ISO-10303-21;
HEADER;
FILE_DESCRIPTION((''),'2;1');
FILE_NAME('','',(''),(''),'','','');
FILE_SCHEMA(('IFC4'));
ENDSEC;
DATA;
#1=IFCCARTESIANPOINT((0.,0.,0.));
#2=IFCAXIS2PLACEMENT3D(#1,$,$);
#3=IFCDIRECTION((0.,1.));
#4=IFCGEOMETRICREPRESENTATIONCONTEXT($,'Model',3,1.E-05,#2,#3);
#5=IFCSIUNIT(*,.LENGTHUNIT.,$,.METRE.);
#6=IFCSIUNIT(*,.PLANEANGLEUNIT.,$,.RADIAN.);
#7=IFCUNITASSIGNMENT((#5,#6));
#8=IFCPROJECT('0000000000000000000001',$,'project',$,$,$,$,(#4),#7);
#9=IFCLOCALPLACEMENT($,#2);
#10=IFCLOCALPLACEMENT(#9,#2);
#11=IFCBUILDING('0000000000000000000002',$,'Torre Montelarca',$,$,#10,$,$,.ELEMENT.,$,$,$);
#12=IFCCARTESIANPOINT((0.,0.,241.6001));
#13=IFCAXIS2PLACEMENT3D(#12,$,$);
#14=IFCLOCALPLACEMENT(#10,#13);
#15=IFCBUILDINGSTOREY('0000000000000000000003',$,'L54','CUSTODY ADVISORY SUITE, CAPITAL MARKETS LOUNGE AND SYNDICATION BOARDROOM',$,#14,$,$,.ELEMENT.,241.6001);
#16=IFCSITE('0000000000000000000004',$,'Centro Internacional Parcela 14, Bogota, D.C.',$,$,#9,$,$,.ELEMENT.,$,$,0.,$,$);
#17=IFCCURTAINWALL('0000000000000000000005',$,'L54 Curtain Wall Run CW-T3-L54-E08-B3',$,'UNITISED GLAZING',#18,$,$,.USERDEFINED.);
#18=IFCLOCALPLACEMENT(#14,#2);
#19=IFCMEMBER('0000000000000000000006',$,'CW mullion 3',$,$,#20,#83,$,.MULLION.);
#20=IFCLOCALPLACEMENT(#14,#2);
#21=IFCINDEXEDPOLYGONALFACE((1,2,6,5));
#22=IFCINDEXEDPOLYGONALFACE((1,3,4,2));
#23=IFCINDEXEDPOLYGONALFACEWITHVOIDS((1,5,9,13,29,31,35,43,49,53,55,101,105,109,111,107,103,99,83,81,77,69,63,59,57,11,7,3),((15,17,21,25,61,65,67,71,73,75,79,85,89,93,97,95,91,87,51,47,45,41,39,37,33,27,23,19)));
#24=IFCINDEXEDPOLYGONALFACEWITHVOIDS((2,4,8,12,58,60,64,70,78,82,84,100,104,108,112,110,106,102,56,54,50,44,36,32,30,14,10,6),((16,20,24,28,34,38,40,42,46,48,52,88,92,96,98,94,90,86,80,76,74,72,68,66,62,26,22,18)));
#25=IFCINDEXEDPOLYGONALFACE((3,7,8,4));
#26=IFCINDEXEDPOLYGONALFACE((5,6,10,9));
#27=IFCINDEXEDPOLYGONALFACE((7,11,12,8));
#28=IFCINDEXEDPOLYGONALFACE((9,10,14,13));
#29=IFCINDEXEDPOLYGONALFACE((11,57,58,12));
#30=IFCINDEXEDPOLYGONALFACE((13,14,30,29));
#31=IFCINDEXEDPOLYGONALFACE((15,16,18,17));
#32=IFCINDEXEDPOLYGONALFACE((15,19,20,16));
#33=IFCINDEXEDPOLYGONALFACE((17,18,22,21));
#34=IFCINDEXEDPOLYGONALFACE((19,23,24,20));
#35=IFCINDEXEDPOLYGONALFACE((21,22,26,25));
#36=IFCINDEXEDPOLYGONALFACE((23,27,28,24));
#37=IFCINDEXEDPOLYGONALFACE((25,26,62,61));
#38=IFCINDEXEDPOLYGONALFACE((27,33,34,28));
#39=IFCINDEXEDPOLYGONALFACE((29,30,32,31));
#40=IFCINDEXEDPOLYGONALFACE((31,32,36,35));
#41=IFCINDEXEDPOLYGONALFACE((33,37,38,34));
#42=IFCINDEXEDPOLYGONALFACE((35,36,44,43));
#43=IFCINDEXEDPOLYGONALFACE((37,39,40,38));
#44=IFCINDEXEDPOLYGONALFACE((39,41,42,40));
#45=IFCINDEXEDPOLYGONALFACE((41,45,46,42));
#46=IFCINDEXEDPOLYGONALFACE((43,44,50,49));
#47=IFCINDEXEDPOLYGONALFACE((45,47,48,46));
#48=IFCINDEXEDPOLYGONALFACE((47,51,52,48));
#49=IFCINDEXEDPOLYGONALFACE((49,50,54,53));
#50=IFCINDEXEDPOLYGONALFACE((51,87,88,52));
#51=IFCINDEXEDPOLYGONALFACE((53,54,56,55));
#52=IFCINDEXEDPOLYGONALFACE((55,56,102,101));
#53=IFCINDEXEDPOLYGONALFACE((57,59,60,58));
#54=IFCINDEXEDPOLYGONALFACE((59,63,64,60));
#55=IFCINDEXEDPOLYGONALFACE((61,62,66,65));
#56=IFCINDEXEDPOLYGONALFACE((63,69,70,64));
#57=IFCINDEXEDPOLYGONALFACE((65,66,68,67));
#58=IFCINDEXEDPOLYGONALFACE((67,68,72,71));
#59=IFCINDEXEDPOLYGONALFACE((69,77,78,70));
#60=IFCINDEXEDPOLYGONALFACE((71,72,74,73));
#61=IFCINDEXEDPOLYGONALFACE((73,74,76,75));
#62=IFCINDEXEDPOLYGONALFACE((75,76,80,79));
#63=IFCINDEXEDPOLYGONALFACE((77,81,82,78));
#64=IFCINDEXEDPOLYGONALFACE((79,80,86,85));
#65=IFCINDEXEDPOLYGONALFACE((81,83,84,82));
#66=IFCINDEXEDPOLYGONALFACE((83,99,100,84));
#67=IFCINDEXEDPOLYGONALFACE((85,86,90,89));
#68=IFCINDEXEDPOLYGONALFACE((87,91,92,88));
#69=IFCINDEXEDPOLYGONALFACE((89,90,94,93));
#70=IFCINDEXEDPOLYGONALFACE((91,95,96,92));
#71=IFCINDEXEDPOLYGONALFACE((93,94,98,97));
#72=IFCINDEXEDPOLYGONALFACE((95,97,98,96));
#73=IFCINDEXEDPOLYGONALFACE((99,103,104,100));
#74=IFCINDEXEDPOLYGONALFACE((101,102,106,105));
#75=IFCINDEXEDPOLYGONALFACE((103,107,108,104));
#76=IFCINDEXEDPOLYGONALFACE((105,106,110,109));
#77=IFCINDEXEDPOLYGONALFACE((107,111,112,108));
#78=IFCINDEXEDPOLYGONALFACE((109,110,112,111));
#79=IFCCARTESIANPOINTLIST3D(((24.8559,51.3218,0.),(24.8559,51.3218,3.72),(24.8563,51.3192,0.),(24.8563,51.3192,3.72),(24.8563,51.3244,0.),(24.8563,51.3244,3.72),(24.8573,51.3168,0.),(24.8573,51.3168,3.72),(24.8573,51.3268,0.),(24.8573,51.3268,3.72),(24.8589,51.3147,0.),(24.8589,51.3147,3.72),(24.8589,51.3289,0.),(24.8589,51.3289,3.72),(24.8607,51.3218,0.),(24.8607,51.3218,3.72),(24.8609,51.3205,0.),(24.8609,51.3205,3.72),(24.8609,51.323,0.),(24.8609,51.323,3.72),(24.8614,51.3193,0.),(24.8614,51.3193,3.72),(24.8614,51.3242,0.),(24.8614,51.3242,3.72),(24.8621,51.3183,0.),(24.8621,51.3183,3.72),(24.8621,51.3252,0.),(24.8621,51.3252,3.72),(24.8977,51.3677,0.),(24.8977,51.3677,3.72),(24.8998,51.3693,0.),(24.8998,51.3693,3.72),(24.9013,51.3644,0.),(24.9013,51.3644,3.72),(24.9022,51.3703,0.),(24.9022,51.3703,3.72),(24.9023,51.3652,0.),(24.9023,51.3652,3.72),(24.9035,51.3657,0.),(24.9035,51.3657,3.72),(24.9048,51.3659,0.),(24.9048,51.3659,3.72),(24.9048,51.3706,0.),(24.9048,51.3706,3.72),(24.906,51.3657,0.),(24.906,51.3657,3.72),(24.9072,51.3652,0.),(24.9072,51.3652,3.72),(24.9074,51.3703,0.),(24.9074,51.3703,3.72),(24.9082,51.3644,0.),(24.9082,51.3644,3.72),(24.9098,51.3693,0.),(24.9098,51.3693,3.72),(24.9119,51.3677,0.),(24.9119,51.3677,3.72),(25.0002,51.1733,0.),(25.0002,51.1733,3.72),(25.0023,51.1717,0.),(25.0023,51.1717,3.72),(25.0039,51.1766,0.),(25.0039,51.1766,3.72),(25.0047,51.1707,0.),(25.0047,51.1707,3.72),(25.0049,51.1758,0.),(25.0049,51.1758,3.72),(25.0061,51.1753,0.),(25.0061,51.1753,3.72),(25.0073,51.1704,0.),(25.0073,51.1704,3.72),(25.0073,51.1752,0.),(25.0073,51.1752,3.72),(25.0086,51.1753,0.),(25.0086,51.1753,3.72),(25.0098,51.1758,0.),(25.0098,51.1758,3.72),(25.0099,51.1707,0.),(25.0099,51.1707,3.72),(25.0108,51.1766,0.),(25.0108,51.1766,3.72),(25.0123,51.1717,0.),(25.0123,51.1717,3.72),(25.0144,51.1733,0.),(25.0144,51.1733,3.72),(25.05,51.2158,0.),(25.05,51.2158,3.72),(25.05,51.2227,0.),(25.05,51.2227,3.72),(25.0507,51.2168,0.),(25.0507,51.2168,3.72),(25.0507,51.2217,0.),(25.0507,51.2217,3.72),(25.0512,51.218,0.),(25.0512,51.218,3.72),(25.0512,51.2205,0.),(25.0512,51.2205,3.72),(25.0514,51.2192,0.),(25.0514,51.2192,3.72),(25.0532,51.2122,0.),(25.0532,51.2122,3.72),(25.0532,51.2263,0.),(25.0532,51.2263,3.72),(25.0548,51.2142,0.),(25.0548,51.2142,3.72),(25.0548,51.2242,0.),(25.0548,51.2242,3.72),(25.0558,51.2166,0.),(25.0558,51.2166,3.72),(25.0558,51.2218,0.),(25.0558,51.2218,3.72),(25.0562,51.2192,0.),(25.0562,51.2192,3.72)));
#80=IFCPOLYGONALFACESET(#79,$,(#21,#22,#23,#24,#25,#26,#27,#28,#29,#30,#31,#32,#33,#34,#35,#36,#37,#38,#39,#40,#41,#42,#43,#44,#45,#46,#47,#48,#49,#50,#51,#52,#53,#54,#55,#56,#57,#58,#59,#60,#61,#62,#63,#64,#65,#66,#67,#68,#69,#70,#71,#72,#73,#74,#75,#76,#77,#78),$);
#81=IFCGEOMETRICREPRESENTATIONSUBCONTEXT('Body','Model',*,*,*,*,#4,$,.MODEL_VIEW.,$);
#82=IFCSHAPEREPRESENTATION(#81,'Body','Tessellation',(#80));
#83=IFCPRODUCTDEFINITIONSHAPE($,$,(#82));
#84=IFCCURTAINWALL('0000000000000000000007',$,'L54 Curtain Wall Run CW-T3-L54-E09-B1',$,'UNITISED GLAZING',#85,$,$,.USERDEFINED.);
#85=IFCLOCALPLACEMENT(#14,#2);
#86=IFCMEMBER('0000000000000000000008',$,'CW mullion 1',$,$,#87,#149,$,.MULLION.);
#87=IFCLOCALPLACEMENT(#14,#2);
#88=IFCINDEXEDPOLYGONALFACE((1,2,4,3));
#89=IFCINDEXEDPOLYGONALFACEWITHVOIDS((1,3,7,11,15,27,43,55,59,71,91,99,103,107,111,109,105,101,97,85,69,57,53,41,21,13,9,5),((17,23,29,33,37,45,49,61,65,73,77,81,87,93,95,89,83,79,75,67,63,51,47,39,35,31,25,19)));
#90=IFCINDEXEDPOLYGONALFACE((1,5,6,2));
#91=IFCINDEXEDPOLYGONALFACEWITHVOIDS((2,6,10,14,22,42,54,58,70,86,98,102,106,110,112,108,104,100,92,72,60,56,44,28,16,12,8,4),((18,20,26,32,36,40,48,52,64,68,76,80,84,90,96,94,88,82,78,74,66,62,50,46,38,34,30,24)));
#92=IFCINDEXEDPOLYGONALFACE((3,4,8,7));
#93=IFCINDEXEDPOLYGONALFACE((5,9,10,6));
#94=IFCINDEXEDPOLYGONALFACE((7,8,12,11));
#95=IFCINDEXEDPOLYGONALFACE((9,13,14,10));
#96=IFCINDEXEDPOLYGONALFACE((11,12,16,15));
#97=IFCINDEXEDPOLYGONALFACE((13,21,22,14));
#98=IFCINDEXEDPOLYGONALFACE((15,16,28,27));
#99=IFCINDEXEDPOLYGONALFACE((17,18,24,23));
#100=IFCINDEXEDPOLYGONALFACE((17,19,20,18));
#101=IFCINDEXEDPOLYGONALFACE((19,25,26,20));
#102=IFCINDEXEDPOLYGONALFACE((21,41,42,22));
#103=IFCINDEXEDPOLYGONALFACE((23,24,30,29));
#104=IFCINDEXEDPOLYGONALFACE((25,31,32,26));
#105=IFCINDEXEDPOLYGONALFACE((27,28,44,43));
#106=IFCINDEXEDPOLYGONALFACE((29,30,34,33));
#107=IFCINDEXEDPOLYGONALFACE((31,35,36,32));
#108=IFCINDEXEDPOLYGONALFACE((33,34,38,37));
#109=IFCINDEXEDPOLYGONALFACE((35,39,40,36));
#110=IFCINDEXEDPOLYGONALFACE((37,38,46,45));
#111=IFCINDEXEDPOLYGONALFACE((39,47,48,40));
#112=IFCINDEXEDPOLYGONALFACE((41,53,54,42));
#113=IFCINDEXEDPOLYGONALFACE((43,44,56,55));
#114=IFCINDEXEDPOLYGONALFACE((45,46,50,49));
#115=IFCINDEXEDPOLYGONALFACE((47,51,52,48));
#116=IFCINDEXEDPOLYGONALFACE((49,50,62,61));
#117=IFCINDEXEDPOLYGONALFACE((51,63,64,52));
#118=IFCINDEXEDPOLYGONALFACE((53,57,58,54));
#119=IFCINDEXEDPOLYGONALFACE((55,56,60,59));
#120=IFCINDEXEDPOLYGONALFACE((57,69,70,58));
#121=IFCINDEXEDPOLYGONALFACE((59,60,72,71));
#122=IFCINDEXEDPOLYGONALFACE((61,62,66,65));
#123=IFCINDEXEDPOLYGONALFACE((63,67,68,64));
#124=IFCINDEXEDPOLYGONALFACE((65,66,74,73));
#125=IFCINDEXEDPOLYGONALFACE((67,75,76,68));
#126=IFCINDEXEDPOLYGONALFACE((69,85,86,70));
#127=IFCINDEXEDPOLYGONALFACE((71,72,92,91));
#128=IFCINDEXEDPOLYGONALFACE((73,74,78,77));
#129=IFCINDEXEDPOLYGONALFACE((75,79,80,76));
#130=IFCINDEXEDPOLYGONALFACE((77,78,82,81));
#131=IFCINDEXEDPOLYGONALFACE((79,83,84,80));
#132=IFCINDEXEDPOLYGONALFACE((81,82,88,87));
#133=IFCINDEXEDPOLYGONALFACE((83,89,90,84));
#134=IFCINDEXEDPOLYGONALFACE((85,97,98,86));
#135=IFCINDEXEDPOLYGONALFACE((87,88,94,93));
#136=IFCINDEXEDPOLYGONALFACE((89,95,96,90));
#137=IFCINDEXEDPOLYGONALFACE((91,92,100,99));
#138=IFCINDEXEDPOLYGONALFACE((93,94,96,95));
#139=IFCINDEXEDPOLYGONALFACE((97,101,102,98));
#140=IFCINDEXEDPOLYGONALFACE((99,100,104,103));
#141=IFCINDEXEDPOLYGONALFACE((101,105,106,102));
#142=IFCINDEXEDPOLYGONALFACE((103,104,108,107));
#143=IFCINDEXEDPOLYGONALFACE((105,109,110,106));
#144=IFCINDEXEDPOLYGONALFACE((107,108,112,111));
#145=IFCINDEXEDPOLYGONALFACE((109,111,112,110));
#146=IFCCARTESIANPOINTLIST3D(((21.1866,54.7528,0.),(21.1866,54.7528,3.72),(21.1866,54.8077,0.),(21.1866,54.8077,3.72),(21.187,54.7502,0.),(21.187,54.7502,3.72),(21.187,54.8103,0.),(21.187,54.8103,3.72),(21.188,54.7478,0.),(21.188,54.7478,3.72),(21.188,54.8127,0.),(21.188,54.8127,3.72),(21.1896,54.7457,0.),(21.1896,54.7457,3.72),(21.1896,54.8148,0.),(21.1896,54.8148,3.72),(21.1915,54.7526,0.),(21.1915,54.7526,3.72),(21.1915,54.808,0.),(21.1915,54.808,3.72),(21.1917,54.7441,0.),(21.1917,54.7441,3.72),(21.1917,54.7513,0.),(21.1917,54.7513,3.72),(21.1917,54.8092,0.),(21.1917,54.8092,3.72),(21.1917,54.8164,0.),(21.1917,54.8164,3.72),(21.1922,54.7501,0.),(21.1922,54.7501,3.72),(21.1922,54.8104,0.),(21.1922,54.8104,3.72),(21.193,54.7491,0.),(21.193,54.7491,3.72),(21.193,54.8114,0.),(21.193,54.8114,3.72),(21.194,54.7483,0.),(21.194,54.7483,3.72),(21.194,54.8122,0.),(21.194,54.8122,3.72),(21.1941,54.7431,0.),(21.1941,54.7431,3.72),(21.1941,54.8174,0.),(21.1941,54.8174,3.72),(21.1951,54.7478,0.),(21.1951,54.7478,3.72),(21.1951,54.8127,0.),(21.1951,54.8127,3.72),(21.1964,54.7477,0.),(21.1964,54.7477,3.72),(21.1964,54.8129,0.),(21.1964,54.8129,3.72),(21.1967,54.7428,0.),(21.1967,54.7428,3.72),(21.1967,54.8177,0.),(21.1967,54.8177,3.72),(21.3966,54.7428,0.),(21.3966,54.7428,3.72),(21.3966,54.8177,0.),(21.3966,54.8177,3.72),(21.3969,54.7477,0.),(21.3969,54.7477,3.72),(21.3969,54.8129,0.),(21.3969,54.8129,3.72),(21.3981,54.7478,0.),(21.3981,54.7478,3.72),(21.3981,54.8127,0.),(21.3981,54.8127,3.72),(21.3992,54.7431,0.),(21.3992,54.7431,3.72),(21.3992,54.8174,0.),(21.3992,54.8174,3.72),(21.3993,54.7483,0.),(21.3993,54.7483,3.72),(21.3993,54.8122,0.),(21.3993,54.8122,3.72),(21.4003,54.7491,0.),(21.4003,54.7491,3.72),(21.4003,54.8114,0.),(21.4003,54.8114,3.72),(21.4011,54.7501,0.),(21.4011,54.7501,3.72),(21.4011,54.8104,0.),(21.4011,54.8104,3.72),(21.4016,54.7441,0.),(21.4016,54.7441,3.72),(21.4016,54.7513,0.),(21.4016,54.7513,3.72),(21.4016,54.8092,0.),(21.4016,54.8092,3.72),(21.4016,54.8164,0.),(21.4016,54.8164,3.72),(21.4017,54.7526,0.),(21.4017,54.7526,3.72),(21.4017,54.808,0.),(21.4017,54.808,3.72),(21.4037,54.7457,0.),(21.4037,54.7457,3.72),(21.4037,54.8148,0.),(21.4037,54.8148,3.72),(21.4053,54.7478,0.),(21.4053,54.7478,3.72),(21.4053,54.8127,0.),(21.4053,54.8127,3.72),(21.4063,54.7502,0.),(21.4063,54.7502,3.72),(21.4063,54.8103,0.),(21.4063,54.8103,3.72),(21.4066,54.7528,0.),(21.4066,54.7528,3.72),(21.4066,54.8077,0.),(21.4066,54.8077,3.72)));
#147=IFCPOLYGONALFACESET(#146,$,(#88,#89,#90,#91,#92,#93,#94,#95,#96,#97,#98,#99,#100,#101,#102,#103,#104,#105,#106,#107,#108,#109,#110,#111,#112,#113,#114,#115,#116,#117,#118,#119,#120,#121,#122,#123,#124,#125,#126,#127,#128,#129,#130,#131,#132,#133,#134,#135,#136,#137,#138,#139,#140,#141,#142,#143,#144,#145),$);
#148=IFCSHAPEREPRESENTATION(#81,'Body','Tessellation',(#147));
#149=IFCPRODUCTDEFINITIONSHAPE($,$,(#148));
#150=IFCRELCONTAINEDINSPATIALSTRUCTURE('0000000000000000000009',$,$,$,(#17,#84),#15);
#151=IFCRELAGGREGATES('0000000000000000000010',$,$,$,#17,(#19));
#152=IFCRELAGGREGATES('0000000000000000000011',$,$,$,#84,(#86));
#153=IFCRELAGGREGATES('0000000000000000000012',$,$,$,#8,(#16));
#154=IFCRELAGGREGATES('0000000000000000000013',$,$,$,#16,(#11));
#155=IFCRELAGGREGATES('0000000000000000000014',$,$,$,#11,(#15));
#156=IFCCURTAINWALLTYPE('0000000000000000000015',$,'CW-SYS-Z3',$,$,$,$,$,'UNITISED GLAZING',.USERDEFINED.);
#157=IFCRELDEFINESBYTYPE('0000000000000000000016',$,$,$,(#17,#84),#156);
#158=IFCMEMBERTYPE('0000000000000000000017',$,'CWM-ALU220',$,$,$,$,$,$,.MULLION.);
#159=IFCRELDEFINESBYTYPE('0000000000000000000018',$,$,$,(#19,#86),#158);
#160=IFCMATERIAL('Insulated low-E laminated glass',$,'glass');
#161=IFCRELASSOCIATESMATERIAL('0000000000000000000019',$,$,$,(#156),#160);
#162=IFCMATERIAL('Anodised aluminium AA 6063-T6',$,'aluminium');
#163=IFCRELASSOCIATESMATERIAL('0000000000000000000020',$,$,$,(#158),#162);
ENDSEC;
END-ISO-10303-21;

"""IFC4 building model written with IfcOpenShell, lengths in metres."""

from ifc_helpers import new_model, si_unit, direction, frame, origin, origin_2d, place, context, subcontext, project, spatial, hollow_rectangle, extrude, source, transform, mapped, material, material_profile, profile_set, type_object, element, aggregate, save


model = new_model("IFC4")

# Units and contexts
model_context = context("Model", 3, precision=1e-05, world=origin(), true_north=direction((0.0, 1.0)))
body_context = subcontext(model_context, "Body", "Model", "MODEL_VIEW")
ifc_project = project(units=[si_unit("LENGTHUNIT", "METRE"), si_unit("PLANEANGLEUNIT", "RADIAN")], contexts=[model_context])

# Site, building, storey
site_placement = place(None, origin())
site = spatial("IfcSite", under=ifc_project, at=site_placement, Name="Centro Internacional Parcela 14, Bogota, D.C.", CompositionType="ELEMENT", RefElevation=0.0)
building_placement = place(site_placement, origin())
building = spatial("IfcBuilding", under=site, at=building_placement, Name="Torre Montelarca", CompositionType="ELEMENT")
storey_placement = place(building_placement, frame((0.0, 0.0, 241.6001)))
storey = spatial("IfcBuildingStorey", under=building, at=storey_placement, Name="L54", Description="CUSTODY ADVISORY SUITE, CAPITAL MARKETS LOUNGE AND SYNDICATION BOARDROOM", CompositionType="ELEMENT", Elevation=241.6001)

# Curtain walls, members
ifc_material_1 = material(Name="Insulated low-E laminated glass", Category="glass")
curtain_wall_type = type_object("IfcCurtainWallType", Name="CW-SYS-Z3", ElementType="UNITISED GLAZING", PredefinedType="USERDEFINED", material=ifc_material_1)
curtain_wall_1_placement = place(storey_placement, origin())
curtain_wall_1 = element("IfcCurtainWall", 1, at=curtain_wall_1_placement, inside=storey, type_object=curtain_wall_type, Name="L54 Curtain Wall Run CW-T3-L54-E08-B3", ObjectType="UNITISED GLAZING", PredefinedType="USERDEFINED")
ifc_material_2 = material(Name="Anodised aluminium AA 6063-T6", Category="aluminium")
ifc_material_profile_1 = material_profile(ifc_material_2, hollow_rectangle(XDim=0.075, YDim=0.22, WallThickness=0.0049, InnerFilletRadius=0.0049, OuterFilletRadius=0.01, at=origin_2d()), Name="ALU75X220X5", Category="aluminium")
ifc_profile_set_1 = profile_set([ifc_material_profile_1], Name="Anodised aluminium AA 6063-T6")
member_type_1 = type_object("IfcMemberType", Name="CWM-ALU220", PredefinedType="MULLION", material=ifc_profile_set_1)
shared_shape_1 = source(origin(), body_context, "Body", "SweptSolid", [
    extrude(hollow_rectangle(XDim=0.075, YDim=0.22, WallThickness=0.0049, InnerFilletRadius=0.0049, OuterFilletRadius=0.01, at=origin_2d()), origin(), (0.0, 0.0, 1.0), 3.72),
])
member_1_placement = place(storey_placement, frame((24.9561, 51.2705, 0.0), z_axis=(0.0, 0.0, 1.0), x_axis=(-0.707107, -0.707107, 0.0)))
member_1 = element("IfcMember", 2, at=member_1_placement, type_object=member_type_1, Name="CW mullion 3", PredefinedType="MULLION", context=body_context, shape_type="MappedRepresentation", body=[
    mapped(shared_shape_1, transform((0.0, 0.0, 0.0), scale=1.0)),
])
curtain_wall_2_placement = place(storey_placement, origin())
curtain_wall_2 = element("IfcCurtainWall", 3, at=curtain_wall_2_placement, inside=storey, type_object=curtain_wall_type, Name="L54 Curtain Wall Run CW-T3-L54-E09-B1", ObjectType="UNITISED GLAZING", PredefinedType="USERDEFINED")
member_2_placement = place(storey_placement, frame((21.2966, 54.7803, 0.0), z_axis=(0.0, 0.0, 1.0), x_axis=(0.0, -1.0, 0.0)))
member_2 = element("IfcMember", 4, at=member_2_placement, type_object=member_type_1, Name="CW mullion 1", PredefinedType="MULLION", context=body_context, shape_type="MappedRepresentation", body=[
    mapped(shared_shape_1, transform((0.0, 0.0, 0.0), scale=1.0)),
])

aggregate(curtain_wall_1, [member_1])
aggregate(curtain_wall_2, [member_2])

save(model, "model.ifc")
